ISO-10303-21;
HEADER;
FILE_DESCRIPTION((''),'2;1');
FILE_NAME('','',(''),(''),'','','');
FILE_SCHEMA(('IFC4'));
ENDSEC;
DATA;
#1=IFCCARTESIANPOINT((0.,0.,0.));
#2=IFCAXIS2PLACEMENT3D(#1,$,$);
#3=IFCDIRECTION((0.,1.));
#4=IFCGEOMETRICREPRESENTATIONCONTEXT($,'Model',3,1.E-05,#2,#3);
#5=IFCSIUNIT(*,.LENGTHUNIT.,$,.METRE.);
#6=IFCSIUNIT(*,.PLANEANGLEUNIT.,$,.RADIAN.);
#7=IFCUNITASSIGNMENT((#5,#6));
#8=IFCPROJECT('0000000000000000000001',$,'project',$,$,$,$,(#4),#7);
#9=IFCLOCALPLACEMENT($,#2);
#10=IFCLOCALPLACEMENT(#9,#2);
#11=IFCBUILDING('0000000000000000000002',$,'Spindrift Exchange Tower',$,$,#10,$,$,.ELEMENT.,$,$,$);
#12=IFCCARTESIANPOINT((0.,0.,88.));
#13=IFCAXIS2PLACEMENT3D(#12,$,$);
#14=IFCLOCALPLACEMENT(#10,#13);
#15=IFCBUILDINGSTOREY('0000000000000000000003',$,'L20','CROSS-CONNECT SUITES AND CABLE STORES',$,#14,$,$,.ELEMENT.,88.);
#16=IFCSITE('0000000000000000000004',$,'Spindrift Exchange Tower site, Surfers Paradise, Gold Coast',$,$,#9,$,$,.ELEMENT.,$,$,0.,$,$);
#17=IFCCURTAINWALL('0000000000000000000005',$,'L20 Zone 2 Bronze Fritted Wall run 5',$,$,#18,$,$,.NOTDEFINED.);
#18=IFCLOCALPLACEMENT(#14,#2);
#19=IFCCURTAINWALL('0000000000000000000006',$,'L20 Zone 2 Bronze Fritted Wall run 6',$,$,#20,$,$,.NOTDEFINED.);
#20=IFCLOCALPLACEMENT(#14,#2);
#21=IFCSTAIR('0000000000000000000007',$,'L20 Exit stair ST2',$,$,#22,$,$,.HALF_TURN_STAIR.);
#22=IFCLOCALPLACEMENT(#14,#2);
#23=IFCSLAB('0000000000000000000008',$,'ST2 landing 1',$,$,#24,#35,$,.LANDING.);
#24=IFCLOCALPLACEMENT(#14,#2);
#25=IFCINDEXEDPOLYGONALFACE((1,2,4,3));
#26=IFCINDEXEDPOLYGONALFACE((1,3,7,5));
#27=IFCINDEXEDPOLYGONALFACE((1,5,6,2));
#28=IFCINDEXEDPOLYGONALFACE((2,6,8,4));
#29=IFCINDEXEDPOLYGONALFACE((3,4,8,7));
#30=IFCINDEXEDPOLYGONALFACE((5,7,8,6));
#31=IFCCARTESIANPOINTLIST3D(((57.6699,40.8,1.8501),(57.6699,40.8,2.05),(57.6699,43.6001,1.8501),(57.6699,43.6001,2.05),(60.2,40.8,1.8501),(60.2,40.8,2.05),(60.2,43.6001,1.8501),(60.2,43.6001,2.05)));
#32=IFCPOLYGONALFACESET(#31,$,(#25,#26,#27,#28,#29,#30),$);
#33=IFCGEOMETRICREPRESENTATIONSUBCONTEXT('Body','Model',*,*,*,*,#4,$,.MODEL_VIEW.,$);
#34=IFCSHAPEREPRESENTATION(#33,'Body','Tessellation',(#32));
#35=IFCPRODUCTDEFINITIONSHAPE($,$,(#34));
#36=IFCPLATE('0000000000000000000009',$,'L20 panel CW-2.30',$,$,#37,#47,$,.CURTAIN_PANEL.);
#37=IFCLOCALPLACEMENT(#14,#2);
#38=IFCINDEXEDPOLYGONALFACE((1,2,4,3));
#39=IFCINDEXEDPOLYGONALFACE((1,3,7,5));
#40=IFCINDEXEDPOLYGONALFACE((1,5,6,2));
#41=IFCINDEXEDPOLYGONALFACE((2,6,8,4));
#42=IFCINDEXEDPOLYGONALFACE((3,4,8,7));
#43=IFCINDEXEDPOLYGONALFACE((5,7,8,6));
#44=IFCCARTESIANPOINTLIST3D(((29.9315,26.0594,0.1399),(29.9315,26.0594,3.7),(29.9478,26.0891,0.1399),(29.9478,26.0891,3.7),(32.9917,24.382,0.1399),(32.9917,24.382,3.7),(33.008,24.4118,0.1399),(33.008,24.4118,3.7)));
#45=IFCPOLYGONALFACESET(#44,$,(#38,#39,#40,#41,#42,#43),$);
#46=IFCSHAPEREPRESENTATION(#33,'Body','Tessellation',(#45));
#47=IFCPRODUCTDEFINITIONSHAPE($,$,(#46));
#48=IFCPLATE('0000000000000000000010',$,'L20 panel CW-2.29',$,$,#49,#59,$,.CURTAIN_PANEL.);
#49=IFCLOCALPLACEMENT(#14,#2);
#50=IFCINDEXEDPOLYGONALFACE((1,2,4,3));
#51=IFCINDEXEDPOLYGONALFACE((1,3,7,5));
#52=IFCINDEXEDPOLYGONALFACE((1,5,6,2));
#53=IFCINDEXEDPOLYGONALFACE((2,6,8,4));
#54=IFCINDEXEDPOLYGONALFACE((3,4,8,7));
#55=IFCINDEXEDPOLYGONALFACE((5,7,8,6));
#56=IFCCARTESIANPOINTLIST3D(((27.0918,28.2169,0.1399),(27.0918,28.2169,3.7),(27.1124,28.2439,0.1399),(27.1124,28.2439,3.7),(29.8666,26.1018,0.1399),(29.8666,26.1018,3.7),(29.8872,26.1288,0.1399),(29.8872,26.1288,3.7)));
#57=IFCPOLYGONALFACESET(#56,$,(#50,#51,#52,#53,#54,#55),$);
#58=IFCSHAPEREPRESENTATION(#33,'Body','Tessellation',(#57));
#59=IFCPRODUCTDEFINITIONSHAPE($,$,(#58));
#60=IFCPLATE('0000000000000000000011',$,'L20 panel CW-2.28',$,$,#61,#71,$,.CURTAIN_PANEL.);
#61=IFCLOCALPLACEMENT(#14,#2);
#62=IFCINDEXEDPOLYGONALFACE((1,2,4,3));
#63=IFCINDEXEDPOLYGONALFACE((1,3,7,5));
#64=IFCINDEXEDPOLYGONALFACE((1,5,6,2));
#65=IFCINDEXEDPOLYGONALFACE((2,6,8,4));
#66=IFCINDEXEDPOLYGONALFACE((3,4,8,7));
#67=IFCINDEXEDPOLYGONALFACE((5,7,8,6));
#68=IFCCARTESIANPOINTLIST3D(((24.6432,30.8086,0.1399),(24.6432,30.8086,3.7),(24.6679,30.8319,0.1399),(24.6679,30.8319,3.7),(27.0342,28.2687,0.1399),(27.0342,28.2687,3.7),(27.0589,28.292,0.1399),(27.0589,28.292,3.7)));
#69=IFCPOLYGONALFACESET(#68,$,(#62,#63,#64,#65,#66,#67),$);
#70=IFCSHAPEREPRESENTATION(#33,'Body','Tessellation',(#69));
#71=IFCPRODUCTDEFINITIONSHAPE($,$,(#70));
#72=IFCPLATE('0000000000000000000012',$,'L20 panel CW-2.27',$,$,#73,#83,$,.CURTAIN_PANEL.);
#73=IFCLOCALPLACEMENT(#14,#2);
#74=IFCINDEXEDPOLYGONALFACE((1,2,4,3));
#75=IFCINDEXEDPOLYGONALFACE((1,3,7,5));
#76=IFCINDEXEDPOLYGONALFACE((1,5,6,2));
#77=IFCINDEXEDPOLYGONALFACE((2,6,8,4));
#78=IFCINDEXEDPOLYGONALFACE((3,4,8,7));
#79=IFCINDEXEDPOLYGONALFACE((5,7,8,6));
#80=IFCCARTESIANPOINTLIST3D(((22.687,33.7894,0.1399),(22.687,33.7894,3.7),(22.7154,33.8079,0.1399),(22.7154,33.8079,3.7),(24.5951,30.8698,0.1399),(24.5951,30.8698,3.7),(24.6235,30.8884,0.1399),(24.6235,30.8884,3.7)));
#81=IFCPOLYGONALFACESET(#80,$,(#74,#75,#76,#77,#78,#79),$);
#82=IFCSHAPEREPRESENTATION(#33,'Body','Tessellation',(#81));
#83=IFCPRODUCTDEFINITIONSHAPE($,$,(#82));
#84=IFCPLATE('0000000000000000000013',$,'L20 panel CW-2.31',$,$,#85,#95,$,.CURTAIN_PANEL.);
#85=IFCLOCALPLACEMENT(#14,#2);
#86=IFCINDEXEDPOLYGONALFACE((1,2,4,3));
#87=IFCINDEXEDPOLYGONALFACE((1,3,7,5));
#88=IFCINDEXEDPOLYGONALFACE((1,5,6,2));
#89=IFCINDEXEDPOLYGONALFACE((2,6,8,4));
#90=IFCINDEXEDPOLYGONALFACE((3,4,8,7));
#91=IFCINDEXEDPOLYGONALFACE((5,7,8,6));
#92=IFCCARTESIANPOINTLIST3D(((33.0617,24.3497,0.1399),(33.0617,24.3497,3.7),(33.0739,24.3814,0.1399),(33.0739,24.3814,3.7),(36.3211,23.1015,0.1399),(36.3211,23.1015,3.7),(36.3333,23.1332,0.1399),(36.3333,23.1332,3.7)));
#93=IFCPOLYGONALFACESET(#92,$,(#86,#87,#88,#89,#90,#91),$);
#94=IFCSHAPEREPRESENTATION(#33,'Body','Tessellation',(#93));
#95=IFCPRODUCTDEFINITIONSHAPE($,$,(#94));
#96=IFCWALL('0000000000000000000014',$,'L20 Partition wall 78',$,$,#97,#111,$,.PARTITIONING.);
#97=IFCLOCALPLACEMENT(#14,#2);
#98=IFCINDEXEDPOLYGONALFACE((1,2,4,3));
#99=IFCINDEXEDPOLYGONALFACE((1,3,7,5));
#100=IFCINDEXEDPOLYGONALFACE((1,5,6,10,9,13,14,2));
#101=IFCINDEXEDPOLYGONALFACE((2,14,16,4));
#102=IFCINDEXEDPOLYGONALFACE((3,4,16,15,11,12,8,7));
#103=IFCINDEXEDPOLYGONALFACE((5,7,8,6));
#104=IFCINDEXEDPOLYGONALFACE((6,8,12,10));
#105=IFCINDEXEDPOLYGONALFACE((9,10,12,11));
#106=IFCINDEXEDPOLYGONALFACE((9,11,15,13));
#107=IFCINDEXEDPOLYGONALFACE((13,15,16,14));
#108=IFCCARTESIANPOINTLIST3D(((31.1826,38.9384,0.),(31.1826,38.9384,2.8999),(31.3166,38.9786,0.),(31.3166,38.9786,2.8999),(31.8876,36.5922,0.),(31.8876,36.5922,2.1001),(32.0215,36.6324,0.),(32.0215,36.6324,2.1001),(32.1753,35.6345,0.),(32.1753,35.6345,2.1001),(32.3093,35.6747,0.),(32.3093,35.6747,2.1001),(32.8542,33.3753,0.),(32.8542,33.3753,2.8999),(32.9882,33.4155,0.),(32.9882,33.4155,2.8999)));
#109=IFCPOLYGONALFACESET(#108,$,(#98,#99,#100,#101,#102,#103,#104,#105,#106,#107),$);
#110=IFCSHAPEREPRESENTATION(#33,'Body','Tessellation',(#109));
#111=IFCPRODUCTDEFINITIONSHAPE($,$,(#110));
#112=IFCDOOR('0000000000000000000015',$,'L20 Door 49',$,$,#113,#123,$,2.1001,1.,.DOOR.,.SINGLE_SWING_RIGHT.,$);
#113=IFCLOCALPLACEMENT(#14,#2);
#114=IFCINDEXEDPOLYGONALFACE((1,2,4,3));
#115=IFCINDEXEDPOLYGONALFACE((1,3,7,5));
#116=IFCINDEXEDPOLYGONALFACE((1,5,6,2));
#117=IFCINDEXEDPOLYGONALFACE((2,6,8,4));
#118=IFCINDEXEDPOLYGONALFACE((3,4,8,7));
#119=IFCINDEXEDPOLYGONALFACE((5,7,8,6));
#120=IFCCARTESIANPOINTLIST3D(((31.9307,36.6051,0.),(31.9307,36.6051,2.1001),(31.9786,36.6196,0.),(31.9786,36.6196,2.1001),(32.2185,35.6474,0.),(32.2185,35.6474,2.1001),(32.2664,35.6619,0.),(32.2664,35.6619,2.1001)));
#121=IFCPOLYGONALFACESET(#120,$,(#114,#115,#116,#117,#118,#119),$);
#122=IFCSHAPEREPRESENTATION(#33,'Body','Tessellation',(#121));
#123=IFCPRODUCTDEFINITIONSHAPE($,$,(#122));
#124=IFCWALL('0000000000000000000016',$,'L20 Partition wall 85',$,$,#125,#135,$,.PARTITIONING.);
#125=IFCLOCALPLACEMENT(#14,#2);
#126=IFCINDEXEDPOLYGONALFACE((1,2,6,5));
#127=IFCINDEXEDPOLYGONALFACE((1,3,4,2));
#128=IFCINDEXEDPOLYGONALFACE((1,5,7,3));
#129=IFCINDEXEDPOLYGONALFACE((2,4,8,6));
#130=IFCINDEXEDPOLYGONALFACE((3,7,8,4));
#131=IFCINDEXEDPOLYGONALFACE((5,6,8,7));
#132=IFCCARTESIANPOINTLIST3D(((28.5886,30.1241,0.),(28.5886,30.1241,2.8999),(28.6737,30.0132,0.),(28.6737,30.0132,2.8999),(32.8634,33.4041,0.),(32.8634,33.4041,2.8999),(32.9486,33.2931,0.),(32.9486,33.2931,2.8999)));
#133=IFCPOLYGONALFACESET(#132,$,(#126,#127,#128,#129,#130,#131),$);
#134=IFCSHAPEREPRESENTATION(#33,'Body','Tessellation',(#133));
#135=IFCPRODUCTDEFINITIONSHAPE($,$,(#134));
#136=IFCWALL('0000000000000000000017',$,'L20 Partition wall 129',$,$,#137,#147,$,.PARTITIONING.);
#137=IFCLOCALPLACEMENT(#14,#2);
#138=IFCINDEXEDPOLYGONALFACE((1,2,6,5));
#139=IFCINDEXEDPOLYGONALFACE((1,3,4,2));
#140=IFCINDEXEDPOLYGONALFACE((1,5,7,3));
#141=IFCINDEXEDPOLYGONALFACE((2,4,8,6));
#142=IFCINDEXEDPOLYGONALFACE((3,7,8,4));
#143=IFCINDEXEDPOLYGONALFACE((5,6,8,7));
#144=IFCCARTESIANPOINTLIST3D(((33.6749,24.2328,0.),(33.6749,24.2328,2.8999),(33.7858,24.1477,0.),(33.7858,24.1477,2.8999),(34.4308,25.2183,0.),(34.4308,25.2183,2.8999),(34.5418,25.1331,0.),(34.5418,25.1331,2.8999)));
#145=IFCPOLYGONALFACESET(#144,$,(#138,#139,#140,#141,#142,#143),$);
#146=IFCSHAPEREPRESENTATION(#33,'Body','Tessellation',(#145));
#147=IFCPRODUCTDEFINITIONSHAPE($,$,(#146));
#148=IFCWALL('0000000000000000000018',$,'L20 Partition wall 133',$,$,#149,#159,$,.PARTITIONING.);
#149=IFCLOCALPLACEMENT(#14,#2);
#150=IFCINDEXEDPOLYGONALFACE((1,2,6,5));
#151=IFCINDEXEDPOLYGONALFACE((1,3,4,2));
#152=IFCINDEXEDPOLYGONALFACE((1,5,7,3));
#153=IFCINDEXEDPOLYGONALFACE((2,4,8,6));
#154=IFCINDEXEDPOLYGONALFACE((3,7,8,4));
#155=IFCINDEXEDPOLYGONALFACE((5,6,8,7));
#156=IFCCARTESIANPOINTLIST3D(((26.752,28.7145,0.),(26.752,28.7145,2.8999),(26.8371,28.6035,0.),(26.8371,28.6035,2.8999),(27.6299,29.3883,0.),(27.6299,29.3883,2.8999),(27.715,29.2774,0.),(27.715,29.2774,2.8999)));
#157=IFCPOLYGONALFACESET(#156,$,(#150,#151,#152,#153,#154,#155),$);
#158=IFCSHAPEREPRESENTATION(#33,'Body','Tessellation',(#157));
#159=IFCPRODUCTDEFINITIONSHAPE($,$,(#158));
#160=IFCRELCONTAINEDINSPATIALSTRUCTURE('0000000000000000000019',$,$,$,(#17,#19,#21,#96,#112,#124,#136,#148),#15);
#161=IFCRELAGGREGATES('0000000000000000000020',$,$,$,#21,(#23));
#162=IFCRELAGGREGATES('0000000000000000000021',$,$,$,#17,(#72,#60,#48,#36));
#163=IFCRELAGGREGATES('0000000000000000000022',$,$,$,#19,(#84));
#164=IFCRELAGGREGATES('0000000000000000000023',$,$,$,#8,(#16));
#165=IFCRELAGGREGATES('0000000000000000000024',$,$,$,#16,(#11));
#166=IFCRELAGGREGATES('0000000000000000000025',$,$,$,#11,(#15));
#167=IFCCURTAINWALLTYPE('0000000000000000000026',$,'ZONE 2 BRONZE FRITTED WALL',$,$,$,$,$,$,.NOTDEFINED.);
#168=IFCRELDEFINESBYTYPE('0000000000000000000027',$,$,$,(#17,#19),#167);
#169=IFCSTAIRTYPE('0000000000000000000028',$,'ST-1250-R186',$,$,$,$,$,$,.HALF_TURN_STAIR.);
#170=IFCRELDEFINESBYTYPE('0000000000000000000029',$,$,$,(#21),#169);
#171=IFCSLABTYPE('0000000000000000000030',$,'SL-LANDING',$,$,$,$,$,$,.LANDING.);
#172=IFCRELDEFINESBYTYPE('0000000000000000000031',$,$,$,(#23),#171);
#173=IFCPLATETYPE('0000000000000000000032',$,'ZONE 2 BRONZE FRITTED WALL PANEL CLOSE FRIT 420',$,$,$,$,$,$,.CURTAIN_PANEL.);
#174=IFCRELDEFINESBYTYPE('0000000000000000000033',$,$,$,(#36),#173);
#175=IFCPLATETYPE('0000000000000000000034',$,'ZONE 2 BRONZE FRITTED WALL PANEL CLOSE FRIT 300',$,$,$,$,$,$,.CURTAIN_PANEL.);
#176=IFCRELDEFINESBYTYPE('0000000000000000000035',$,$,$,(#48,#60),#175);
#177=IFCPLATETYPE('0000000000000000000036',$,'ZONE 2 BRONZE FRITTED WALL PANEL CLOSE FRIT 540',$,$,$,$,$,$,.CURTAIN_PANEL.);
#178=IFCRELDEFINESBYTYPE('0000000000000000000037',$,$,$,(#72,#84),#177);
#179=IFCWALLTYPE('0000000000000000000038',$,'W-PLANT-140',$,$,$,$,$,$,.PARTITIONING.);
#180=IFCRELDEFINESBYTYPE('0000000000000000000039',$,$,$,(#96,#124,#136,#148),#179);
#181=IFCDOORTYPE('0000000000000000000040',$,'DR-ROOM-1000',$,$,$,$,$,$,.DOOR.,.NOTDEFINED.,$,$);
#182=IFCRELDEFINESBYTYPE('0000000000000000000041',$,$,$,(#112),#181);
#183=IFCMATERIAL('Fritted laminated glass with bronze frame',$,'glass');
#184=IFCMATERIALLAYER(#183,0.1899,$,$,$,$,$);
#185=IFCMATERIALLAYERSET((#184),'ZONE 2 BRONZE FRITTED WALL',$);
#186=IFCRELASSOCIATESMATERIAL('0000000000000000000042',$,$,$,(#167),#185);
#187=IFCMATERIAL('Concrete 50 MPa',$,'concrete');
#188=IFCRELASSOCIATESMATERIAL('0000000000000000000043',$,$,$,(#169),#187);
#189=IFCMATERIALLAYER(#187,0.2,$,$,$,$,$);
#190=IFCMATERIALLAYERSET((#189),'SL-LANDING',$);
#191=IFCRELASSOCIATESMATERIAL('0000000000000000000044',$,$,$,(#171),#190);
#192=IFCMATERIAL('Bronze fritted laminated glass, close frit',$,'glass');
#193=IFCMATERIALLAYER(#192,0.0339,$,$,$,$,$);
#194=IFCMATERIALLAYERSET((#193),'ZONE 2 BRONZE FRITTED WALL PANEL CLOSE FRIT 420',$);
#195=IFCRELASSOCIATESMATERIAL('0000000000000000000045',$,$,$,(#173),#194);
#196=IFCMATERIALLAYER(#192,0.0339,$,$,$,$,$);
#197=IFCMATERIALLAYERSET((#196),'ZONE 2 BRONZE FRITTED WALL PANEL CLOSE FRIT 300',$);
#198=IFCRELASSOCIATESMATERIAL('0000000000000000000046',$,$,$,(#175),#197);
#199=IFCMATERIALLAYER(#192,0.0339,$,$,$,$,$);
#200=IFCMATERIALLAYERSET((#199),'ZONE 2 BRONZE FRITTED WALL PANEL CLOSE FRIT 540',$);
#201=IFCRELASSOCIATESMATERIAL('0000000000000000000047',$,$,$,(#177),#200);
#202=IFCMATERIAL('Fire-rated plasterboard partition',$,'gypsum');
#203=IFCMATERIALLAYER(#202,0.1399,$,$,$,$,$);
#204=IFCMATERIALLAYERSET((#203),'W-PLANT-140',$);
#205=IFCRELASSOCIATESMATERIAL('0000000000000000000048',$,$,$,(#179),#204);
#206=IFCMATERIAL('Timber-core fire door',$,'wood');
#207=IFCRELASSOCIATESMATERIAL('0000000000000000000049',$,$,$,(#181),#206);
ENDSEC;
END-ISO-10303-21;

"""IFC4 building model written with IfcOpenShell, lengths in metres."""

from ifc_helpers import new_model, si_unit, direction, frame, frame_2d, origin, origin_2d, place, context, subcontext, project, spatial, line, indexed_curve, rectangle, outline, extrude, source, transform, mapped, material, layer, layer_set, type_object, element, fill, aggregate, save


model = new_model("IFC4")

# Units and contexts
model_context = context("Model", 3, precision=1e-05, world=origin(), true_north=direction((0.0, 1.0)))
body_context = subcontext(model_context, "Body", "Model", "MODEL_VIEW")
ifc_project = project(units=[si_unit("LENGTHUNIT", "METRE"), si_unit("PLANEANGLEUNIT", "RADIAN")], contexts=[model_context])

# Site, building, storey
site_placement = place(None, origin())
site = spatial("IfcSite", under=ifc_project, at=site_placement, Name="Spindrift Exchange Tower site, Surfers Paradise, Gold Coast", CompositionType="ELEMENT", RefElevation=0.0)
building_placement = place(site_placement, origin())
building = spatial("IfcBuilding", under=site, at=building_placement, Name="Spindrift Exchange Tower", CompositionType="ELEMENT")
storey_placement = place(building_placement, frame((0.0, 0.0, 88.0)))
storey = spatial("IfcBuildingStorey", under=building, at=storey_placement, Name="L20", Description="CROSS-CONNECT SUITES AND CABLE STORES", CompositionType="ELEMENT", Elevation=88.0)

# Curtain walls
ifc_material_1 = material(Name="Fritted laminated glass with bronze frame", Category="glass")
ifc_layer_1 = layer(ifc_material_1, 0.1899)
ifc_layer_set_1 = layer_set([ifc_layer_1], Name="ZONE 2 BRONZE FRITTED WALL")
curtain_wall_type = type_object("IfcCurtainWallType", Name="ZONE 2 BRONZE FRITTED WALL", PredefinedType="NOTDEFINED", material=ifc_layer_set_1)
curtain_wall_1_placement = place(storey_placement, origin())
curtain_wall_1 = element("IfcCurtainWall", 1, at=curtain_wall_1_placement, inside=storey, type_object=curtain_wall_type, Name="L20 Zone 2 Bronze Fritted Wall run 5", PredefinedType="NOTDEFINED")
curtain_wall_2_placement = place(storey_placement, origin())
curtain_wall_2 = element("IfcCurtainWall", 2, at=curtain_wall_2_placement, inside=storey, type_object=curtain_wall_type, Name="L20 Zone 2 Bronze Fritted Wall run 6", PredefinedType="NOTDEFINED")

# Shared definitions
ifc_material_2 = material(Name="Concrete 50 MPa", Category="concrete")

# Stair, slab
stair_type = type_object("IfcStairType", Name="ST-1250-R186", PredefinedType="HALF_TURN_STAIR", material=ifc_material_2)
ifc_layer_2 = layer(ifc_material_2, 0.2)
ifc_layer_set_2 = layer_set([ifc_layer_2], Name="SL-LANDING")
slab_type_1 = type_object("IfcSlabType", Name="SL-LANDING", PredefinedType="LANDING", material=ifc_layer_set_2)
stair_1_placement = place(storey_placement, origin())
stair_1 = element("IfcStair", 3, at=stair_1_placement, inside=storey, type_object=stair_type, Name="L20 Exit stair ST2", PredefinedType="HALF_TURN_STAIR")
slab_1_placement = place(storey_placement, frame((0.0, 0.0, 1.8501)))
slab_1 = element("IfcSlab", 4, at=slab_1_placement, type_object=slab_type_1, Name="ST2 landing 1", PredefinedType="LANDING", context=body_context, shape_type="SweptSolid", body=[
    extrude(outline(indexed_curve([(57.6699, 43.6001), (60.2, 43.6001), (60.2, 40.8), (57.6699, 40.8)], segments=[line(1, 2, 3, 4, 1)], self_intersect=False)), origin(), (0.0, 0.0, 1.0), 0.2),
])
aggregate(stair_1, [slab_1])

# Plates
ifc_material_3 = material(Name="Bronze fritted laminated glass, close frit", Category="glass")
ifc_layer_3 = layer(ifc_material_3, 0.0339)
ifc_layer_set_3 = layer_set([ifc_layer_3], Name="ZONE 2 BRONZE FRITTED WALL PANEL CLOSE FRIT 420")
plate_type_1 = type_object("IfcPlateType", Name="ZONE 2 BRONZE FRITTED WALL PANEL CLOSE FRIT 420", PredefinedType="CURTAIN_PANEL", material=ifc_layer_set_3)
shared_shape_1 = source(origin(), body_context, "Body", "SweptSolid", [
    extrude(rectangle(XDim=3.4897, YDim=0.0339, at=origin_2d()), origin(), (0.0, 0.0, 1.0), 3.5601),
])
plate_1_placement = place(storey_placement, frame((31.4697, 25.2356, 0.1399), z_axis=(0.0, 0.0, 1.0), x_axis=(0.876914, -0.480648, 0.0)))
plate_1 = element("IfcPlate", 5, at=plate_1_placement, type_object=plate_type_1, Name="L20 panel CW-2.30", PredefinedType="CURTAIN_PANEL", context=body_context, shape_type="MappedRepresentation", body=[
    mapped(shared_shape_1, transform((0.0, 0.0, 0.0), scale=1.0)),
])
ifc_layer_4 = layer(ifc_material_3, 0.0339)
ifc_layer_set_4 = layer_set([ifc_layer_4], Name="ZONE 2 BRONZE FRITTED WALL PANEL CLOSE FRIT 300")
plate_type_2 = type_object("IfcPlateType", Name="ZONE 2 BRONZE FRITTED WALL PANEL CLOSE FRIT 300", PredefinedType="CURTAIN_PANEL", material=ifc_layer_set_4)
shared_shape_2 = source(origin(), body_context, "Body", "SweptSolid", [
    extrude(rectangle(XDim=3.489, YDim=0.0339, at=origin_2d()), origin(), (0.0, 0.0, 1.0), 3.5601),
])
plate_2_placement = place(storey_placement, frame((28.4895, 27.1729, 0.1399), z_axis=(0.0, 0.0, 1.0), x_axis=(0.795285, -0.606235, 0.0)))
plate_2 = element("IfcPlate", 6, at=plate_2_placement, type_object=plate_type_2, Name="L20 panel CW-2.29", PredefinedType="CURTAIN_PANEL", context=body_context, shape_type="MappedRepresentation", body=[
    mapped(shared_shape_2, transform((0.0, 0.0, 0.0), scale=1.0)),
])
shared_shape_3 = source(origin(), body_context, "Body", "SweptSolid", [
    extrude(rectangle(XDim=3.4883, YDim=0.0339, at=origin_2d()), origin(), (0.0, 0.0, 1.0), 3.5601),
])
plate_3_placement = place(storey_placement, frame((25.8511, 29.5503, 0.1399), z_axis=(0.0, 0.0, 1.0), x_axis=(0.685442, -0.728127, 0.0)))
plate_3 = element("IfcPlate", 7, at=plate_3_placement, type_object=plate_type_2, Name="L20 panel CW-2.28", PredefinedType="CURTAIN_PANEL", context=body_context, shape_type="MappedRepresentation", body=[
    mapped(shared_shape_3, transform((0.0, 0.0, 0.0), scale=1.0)),
])
ifc_layer_5 = layer(ifc_material_3, 0.0339)
ifc_layer_set_5 = layer_set([ifc_layer_5], Name="ZONE 2 BRONZE FRITTED WALL PANEL CLOSE FRIT 540")
plate_type_3 = type_object("IfcPlateType", Name="ZONE 2 BRONZE FRITTED WALL PANEL CLOSE FRIT 540", PredefinedType="CURTAIN_PANEL", material=ifc_layer_set_5)
shared_shape_4 = source(origin(), body_context, "Body", "SweptSolid", [
    extrude(rectangle(XDim=3.4878, YDim=0.0339, at=origin_2d()), origin(), (0.0, 0.0, 1.0), 3.5601),
])
plate_4_placement = place(storey_placement, frame((23.6553, 32.3389, 0.1399), z_axis=(0.0, 0.0, 1.0), x_axis=(0.547067, -0.837089, 0.0)))
plate_4 = element("IfcPlate", 8, at=plate_4_placement, type_object=plate_type_3, Name="L20 panel CW-2.27", PredefinedType="CURTAIN_PANEL", context=body_context, shape_type="MappedRepresentation", body=[
    mapped(shared_shape_4, transform((0.0, 0.0, 0.0), scale=1.0)),
])
aggregate(curtain_wall_1, [plate_4, plate_3, plate_2, plate_1])
shared_shape_5 = source(origin(), body_context, "Body", "SweptSolid", [
    extrude(rectangle(XDim=3.4902, YDim=0.0339, at=origin_2d()), origin(), (0.0, 0.0, 1.0), 3.5601),
])
plate_5_placement = place(storey_placement, frame((34.6975, 23.7415, 0.1399), z_axis=(0.0, 0.0, 1.0), x_axis=(0.933865, -0.357625, 0.0)))
plate_5 = element("IfcPlate", 9, at=plate_5_placement, type_object=plate_type_3, Name="L20 panel CW-2.31", PredefinedType="CURTAIN_PANEL", context=body_context, shape_type="MappedRepresentation", body=[
    mapped(shared_shape_5, transform((0.0, 0.0, 0.0), scale=1.0)),
])
aggregate(curtain_wall_2, [plate_5])

# Wall, opening, door
ifc_material_4 = material(Name="Fire-rated plasterboard partition", Category="gypsum")
ifc_layer_6 = layer(ifc_material_4, 0.1399)
ifc_layer_set_6 = layer_set([ifc_layer_6], Name="W-PLANT-140")
wall_type = type_object("IfcWallType", Name="W-PLANT-140", PredefinedType="PARTITIONING", material=ifc_layer_set_6)
wall_1_placement = place(storey_placement, frame((32.9211, 33.3955, 0.0), z_axis=(0.0, 0.0, 1.0), x_axis=(-0.287768, 0.9577, 0.0)))
wall_1 = element("IfcWall", 10, at=wall_1_placement, inside=storey, type_object=wall_type, Name="L20 Partition wall 78", PredefinedType="PARTITIONING", context=body_context, shape_type="SweptSolid", body=[
    extrude(rectangle(XDim=5.8088, YDim=0.1399, at=frame_2d((2.9043, 0.0))), origin(), (0.0, 0.0, 1.0), 2.8999),
])
opening_placement = place(wall_1_placement, frame((2.3589, 0.0, 0.0)))
opening = element("IfcOpeningElement", 11, at=opening_placement, cuts=wall_1, PredefinedType="OPENING", context=body_context, shape_type="SweptSolid", body=[
    extrude(rectangle(XDim=1.0, YDim=2.1001, at=frame_2d((0.5, 1.05))), frame((0.0, 0.0798, 0.0), z_axis=(0.0, -1.0, 0.0), x_axis=(1.0, 0.0, 0.0)), (0.0, 0.0, 1.0), 0.1599),
])
ifc_material_5 = material(Name="Timber-core fire door", Category="wood")
door_type = type_object("IfcDoorType", Name="DR-ROOM-1000", OperationType="NOTDEFINED", PredefinedType="DOOR", material=ifc_material_5)
shared_shape_6 = source(origin(), body_context, "Body", "SweptSolid", [
    extrude(rectangle(XDim=1.0, YDim=2.1001, at=frame_2d((0.5, 1.05))), frame((0.0, 0.0249, 0.0), z_axis=(0.0, -1.0, 0.0), x_axis=(1.0, 0.0, 0.0)), (0.0, 0.0, 1.0), 0.05),
])
door_placement = place(opening_placement, origin())
door = element("IfcDoor", 12, at=door_placement, inside=storey, type_object=door_type, Name="L20 Door 49", OperationType="SINGLE_SWING_RIGHT", OverallHeight=2.1001, OverallWidth=1.0, PredefinedType="DOOR", context=body_context, shape_type="MappedRepresentation", body=[
    mapped(shared_shape_6, transform((0.0, 0.0, 0.0), scale=1.0)),
])
fill(opening, door)

# Walls
wall_2_placement = place(storey_placement, frame((32.906, 33.3486, 0.0), z_axis=(0.0, 0.0, 1.0), x_axis=(-0.793373, -0.608736, 0.0)))
element("IfcWall", 13, at=wall_2_placement, inside=storey, type_object=wall_type, Name="L20 Partition wall 85", PredefinedType="PARTITIONING", context=body_context, shape_type="SweptSolid", body=[
    extrude(rectangle(XDim=5.3882, YDim=0.1399, at=frame_2d((2.6941, 0.0))), origin(), (0.0, 0.0, 1.0), 2.8999),
])
wall_3_placement = place(storey_placement, frame((34.4863, 25.1758, 0.0), z_axis=(0.0, 0.0, 1.0), x_axis=(-0.608646, -0.793442, 0.0)))
element("IfcWall", 14, at=wall_3_placement, inside=storey, type_object=wall_type, Name="L20 Partition wall 129", PredefinedType="PARTITIONING", context=body_context, shape_type="SweptSolid", body=[
    extrude(rectangle(XDim=1.2419, YDim=0.1399, at=frame_2d((0.6211, 0.0))), origin(), (0.0, 0.0, 1.0), 2.8999),
])
wall_4_placement = place(storey_placement, frame((27.6724, 29.3328, 0.0), z_axis=(0.0, 0.0, 1.0), x_axis=(-0.79328, -0.608858, 0.0)))
element("IfcWall", 15, at=wall_4_placement, inside=storey, type_object=wall_type, Name="L20 Partition wall 133", PredefinedType="PARTITIONING", context=body_context, shape_type="SweptSolid", body=[
    extrude(rectangle(XDim=1.1067, YDim=0.1399, at=frame_2d((0.5532, 0.0))), origin(), (0.0, 0.0, 1.0), 2.8999),
])

save(model, "model.ifc")
